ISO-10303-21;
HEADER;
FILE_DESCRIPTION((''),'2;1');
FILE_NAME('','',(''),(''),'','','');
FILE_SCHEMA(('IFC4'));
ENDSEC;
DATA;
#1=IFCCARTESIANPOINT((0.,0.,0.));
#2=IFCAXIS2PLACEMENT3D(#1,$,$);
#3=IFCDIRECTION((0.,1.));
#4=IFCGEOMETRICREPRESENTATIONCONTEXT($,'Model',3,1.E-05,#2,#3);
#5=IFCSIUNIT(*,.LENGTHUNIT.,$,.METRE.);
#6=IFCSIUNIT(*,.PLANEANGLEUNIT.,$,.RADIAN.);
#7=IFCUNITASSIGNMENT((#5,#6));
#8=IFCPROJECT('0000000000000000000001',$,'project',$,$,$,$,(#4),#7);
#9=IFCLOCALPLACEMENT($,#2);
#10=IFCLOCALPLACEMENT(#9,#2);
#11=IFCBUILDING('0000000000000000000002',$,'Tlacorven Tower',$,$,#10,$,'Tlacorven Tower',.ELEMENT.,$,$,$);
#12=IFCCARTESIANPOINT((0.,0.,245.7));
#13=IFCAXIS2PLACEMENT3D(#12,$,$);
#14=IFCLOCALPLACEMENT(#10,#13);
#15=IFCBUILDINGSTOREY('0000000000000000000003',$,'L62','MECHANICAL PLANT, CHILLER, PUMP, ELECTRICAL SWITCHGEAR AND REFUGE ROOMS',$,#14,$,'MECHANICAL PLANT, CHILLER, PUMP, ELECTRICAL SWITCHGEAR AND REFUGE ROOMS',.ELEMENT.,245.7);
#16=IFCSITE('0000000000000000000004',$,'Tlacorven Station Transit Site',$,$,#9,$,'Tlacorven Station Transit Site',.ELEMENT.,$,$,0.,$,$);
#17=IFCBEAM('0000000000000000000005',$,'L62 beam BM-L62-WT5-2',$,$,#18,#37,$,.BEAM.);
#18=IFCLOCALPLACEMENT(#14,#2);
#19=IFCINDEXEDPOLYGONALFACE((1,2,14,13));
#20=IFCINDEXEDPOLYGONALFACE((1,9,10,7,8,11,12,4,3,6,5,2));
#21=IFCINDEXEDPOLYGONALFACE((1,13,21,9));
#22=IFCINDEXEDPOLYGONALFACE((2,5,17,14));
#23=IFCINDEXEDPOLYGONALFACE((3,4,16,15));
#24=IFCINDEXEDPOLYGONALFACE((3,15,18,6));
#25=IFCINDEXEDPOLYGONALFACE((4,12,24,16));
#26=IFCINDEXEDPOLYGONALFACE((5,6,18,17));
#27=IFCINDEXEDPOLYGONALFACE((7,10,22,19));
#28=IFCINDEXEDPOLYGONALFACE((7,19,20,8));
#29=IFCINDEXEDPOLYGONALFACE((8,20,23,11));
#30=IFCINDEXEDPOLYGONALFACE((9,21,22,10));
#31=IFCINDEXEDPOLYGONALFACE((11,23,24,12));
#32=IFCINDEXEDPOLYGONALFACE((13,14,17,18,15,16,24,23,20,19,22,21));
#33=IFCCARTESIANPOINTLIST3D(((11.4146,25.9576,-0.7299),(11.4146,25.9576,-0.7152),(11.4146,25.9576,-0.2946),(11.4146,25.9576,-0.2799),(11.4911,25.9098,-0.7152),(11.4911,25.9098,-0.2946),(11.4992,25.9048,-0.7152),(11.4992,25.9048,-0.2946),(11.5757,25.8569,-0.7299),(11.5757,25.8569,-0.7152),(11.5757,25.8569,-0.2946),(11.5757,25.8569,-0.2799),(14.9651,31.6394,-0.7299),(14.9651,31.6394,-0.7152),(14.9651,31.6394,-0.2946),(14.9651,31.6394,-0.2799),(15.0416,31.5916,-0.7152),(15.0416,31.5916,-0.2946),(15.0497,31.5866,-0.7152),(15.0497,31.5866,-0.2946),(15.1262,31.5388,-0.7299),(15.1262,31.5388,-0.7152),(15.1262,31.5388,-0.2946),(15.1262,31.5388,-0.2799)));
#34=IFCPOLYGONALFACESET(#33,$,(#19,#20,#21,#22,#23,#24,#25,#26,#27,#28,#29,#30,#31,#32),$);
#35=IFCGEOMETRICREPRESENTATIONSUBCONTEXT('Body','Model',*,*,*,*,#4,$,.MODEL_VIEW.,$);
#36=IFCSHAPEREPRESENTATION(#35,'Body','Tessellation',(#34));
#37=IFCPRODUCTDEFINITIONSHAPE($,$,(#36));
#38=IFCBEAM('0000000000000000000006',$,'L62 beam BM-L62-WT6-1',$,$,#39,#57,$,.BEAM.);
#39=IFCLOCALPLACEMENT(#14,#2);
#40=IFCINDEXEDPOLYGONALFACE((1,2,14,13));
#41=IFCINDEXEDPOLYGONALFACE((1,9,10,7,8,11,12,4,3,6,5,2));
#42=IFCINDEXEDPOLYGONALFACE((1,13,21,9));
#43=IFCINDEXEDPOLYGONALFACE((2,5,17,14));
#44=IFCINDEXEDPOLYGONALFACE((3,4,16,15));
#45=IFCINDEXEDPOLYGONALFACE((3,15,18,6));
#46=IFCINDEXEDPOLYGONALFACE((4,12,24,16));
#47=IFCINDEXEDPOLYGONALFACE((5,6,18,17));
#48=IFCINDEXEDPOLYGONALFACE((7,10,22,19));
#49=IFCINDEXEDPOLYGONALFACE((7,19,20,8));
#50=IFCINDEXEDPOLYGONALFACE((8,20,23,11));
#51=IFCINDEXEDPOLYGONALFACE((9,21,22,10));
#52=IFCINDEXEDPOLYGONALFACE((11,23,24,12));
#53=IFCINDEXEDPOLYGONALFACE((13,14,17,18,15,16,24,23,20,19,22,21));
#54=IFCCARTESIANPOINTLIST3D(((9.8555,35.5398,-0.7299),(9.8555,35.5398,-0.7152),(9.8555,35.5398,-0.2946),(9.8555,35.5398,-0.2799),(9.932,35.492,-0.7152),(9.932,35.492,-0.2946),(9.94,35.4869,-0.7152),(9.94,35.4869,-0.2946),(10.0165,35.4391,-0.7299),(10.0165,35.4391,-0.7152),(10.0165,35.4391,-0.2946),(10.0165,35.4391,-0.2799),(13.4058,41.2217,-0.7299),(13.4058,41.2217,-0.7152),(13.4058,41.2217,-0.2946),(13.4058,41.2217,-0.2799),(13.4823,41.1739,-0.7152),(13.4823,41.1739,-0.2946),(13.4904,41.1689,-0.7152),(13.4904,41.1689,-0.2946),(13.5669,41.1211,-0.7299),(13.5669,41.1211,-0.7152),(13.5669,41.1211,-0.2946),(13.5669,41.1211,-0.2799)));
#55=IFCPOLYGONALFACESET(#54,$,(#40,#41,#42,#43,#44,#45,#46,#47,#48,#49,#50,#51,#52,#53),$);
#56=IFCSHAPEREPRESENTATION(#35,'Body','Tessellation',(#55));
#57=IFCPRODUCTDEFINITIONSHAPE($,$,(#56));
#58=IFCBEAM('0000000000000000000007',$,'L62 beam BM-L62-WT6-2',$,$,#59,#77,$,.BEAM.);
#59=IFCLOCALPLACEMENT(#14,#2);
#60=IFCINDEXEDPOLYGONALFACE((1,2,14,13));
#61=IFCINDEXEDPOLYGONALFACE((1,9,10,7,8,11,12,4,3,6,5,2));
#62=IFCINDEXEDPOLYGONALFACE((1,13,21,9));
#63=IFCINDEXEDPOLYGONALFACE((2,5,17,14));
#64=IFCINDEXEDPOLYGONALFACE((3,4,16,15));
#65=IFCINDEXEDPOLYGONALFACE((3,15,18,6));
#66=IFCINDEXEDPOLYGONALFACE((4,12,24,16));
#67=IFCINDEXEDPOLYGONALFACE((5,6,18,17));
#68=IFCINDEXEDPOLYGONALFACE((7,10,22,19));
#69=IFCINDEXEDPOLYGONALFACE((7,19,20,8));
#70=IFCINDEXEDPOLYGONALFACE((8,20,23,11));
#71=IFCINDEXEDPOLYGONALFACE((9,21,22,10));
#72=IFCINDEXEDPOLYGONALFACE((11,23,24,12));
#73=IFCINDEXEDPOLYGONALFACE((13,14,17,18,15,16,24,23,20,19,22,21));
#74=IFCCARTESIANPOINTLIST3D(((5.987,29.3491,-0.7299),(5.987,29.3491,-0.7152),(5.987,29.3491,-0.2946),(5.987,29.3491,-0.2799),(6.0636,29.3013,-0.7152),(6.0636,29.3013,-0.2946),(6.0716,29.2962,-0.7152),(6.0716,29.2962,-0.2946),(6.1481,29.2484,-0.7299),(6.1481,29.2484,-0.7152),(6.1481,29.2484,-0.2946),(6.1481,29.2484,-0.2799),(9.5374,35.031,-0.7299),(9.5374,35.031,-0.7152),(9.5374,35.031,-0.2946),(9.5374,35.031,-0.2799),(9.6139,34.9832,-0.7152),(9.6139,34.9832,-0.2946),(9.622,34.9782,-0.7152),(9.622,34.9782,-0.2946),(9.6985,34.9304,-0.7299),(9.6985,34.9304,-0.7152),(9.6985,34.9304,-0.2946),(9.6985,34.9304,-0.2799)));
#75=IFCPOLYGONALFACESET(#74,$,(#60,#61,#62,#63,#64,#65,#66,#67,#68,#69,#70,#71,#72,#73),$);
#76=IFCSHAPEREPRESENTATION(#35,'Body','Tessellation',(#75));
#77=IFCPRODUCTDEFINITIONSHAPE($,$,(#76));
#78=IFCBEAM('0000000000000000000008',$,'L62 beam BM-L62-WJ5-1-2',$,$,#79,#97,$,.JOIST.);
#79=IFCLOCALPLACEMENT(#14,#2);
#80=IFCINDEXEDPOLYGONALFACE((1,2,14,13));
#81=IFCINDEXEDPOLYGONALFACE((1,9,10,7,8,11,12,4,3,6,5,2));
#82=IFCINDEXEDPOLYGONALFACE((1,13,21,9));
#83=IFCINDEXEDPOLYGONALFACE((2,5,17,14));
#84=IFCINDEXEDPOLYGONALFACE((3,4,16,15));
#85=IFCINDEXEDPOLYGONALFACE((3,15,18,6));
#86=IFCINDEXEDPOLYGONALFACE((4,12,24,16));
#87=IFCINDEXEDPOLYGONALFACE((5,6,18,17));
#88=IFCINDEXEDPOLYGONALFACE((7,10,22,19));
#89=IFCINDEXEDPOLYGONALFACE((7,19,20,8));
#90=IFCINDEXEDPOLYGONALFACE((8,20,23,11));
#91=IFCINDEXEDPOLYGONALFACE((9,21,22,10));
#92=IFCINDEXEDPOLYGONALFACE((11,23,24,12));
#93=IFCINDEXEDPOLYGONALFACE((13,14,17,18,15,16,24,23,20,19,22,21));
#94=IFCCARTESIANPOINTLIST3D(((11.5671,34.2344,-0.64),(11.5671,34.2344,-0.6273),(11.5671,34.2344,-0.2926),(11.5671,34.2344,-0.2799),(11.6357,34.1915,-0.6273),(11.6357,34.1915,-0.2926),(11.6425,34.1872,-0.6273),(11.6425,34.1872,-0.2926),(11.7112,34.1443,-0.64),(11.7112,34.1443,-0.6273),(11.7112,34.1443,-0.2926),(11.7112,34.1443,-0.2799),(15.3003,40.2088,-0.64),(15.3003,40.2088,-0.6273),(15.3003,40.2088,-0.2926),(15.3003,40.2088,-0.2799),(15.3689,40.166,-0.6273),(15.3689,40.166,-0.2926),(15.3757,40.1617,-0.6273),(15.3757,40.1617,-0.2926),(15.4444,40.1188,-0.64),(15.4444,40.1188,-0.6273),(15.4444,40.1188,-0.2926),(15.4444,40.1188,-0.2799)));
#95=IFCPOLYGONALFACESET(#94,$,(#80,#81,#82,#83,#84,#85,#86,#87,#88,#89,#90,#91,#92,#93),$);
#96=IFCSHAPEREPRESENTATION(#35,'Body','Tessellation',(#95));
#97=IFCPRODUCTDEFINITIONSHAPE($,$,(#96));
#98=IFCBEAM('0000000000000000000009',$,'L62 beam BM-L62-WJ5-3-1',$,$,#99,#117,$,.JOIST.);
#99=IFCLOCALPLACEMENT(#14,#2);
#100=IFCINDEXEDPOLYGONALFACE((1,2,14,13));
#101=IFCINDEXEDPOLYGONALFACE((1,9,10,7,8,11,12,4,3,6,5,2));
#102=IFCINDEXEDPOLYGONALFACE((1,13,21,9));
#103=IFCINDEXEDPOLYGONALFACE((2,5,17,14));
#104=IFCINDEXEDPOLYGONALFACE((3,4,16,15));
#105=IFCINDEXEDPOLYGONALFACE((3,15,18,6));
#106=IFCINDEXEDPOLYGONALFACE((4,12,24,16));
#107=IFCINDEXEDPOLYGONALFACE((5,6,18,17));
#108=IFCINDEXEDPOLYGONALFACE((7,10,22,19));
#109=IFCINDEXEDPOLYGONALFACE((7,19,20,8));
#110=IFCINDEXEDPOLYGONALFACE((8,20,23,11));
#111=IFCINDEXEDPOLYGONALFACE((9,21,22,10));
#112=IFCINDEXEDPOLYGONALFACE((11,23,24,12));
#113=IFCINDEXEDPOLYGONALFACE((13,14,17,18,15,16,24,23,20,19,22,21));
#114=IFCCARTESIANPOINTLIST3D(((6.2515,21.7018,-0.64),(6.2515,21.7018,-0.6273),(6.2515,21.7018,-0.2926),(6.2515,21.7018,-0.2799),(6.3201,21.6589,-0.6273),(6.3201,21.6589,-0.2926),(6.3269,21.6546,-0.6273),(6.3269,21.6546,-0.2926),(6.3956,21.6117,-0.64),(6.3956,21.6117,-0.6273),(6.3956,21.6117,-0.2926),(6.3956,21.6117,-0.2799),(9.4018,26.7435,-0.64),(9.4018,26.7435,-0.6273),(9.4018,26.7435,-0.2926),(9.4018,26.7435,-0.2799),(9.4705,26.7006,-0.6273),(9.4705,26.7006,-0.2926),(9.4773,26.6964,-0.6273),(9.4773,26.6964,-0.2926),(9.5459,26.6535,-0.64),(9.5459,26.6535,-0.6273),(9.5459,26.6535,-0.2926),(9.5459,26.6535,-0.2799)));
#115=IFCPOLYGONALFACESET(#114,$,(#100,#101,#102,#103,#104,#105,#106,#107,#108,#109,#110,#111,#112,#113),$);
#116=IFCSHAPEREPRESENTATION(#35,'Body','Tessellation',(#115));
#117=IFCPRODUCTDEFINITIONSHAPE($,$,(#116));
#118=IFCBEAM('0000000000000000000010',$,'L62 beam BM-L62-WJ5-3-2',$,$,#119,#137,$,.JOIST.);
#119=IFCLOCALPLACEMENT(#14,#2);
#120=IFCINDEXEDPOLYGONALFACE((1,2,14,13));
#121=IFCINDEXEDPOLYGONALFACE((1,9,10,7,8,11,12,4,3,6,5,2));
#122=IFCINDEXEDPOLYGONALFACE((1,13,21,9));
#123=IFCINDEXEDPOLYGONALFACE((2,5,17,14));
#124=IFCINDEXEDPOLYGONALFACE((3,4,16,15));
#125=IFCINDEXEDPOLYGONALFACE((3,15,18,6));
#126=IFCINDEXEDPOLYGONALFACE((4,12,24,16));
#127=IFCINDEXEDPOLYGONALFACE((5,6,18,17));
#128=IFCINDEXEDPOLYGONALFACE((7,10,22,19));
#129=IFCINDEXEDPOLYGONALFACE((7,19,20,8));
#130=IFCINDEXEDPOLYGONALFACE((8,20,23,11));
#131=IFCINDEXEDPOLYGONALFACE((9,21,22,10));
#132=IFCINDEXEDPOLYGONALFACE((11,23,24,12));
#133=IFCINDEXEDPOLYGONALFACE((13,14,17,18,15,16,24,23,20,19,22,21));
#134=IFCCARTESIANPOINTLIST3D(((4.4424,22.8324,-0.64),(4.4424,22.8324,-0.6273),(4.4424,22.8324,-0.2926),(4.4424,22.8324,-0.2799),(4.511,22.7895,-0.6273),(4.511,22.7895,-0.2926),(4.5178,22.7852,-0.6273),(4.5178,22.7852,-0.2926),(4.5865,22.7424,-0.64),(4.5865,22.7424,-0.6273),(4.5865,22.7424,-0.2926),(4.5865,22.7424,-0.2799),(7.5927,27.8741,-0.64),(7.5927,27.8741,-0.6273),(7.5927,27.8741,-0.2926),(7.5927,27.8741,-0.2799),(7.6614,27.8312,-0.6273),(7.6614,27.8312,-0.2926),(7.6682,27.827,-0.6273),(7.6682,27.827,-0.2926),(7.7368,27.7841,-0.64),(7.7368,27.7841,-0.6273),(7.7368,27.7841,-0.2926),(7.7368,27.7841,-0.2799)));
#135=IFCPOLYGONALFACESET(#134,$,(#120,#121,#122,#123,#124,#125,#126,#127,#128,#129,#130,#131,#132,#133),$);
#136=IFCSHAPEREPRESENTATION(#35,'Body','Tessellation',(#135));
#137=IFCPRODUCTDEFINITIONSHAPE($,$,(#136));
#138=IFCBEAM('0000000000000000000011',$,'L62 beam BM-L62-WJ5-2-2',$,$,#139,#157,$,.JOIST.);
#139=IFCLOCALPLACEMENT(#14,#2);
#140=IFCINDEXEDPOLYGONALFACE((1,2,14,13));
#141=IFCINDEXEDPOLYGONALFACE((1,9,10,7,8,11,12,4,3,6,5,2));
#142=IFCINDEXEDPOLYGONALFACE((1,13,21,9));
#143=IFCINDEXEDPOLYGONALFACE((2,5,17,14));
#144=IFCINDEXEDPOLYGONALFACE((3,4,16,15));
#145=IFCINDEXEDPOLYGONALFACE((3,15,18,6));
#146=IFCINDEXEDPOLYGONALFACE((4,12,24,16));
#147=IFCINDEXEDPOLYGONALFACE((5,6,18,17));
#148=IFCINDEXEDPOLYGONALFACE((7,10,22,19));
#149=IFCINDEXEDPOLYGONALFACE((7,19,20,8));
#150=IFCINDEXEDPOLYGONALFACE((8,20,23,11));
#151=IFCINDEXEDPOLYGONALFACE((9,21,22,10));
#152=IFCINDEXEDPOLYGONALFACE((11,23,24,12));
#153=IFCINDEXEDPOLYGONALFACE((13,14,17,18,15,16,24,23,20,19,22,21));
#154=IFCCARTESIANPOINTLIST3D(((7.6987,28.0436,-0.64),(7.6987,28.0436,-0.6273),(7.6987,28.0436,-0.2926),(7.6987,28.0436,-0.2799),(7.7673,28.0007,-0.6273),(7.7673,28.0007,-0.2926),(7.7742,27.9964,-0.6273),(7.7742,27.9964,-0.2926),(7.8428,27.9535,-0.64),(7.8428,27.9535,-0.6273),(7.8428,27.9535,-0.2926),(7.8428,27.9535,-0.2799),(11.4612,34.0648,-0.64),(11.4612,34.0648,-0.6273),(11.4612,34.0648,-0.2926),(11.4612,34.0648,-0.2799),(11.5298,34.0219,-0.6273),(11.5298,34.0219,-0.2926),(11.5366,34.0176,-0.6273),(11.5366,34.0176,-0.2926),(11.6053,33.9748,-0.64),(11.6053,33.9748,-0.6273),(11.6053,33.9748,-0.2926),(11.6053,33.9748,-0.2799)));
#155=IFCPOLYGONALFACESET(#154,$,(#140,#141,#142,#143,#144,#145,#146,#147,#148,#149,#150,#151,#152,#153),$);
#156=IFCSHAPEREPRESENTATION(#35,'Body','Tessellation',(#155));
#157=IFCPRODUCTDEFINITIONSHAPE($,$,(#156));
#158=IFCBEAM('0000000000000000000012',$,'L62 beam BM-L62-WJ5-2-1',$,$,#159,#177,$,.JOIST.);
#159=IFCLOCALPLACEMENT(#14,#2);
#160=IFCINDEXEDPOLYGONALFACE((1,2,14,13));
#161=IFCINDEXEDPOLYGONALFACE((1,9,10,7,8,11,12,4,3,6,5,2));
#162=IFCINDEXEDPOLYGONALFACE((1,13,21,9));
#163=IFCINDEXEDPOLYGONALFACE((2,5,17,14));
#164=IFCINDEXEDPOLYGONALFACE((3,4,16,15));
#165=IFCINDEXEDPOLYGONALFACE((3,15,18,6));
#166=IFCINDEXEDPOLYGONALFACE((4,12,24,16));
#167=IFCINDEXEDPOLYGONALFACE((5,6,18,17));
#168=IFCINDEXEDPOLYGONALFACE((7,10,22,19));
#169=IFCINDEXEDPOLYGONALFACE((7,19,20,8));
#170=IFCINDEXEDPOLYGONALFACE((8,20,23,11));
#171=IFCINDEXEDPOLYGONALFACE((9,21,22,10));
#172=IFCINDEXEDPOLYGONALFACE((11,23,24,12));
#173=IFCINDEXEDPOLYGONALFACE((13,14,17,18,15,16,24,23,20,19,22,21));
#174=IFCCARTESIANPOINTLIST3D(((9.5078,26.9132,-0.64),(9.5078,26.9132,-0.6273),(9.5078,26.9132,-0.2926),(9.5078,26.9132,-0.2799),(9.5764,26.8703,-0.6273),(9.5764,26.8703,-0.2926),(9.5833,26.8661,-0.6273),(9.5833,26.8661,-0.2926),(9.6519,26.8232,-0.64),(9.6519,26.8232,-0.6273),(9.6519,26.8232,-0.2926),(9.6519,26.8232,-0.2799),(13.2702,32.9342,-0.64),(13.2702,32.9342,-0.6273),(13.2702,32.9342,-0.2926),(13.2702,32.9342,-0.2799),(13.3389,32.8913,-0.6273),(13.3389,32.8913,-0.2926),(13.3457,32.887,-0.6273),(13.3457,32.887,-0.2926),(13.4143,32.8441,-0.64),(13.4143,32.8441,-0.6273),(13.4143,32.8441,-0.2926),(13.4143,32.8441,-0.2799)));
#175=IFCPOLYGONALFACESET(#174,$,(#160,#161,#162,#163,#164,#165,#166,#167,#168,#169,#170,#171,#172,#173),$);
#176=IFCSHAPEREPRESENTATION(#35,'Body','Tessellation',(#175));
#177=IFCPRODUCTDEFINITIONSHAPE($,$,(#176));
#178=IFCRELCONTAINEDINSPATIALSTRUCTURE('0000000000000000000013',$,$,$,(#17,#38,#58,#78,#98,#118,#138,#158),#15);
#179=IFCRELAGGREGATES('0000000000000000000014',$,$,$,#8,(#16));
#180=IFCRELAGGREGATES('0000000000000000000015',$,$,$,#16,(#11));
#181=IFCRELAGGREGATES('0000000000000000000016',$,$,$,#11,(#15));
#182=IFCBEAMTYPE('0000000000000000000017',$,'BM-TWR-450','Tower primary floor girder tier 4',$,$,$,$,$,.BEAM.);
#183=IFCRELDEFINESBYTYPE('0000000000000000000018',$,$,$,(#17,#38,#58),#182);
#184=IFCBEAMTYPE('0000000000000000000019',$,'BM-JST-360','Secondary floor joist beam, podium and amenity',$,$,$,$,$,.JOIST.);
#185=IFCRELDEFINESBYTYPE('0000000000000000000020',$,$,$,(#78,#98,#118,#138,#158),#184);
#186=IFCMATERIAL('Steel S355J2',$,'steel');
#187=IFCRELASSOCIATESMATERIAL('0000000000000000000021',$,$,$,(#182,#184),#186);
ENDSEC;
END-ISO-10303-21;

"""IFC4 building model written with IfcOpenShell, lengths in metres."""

from ifc_helpers import new_model, si_unit, direction, frame, origin, origin_2d, place, context, subcontext, project, spatial, i_section, extrude, source, transform, mapped, material, material_profile, profile_set, type_object, element, save


model = new_model("IFC4")

# Units and contexts
model_context = context("Model", 3, precision=1e-05, world=origin(), true_north=direction((0.0, 1.0)))
body_context = subcontext(model_context, "Body", "Model", "MODEL_VIEW")
ifc_project = project(units=[si_unit("LENGTHUNIT", "METRE"), si_unit("PLANEANGLEUNIT", "RADIAN")], contexts=[model_context])

# Site, building, storey
site_placement = place(None, origin())
site = spatial("IfcSite", under=ifc_project, at=site_placement, Name="Tlacorven Station Transit Site", LongName="Tlacorven Station Transit Site", CompositionType="ELEMENT", RefElevation=0.0)
building_placement = place(site_placement, origin())
building = spatial("IfcBuilding", under=site, at=building_placement, Name="Tlacorven Tower", LongName="Tlacorven Tower", CompositionType="ELEMENT")
storey_placement = place(building_placement, frame((0.0, 0.0, 245.7)))
storey = spatial("IfcBuildingStorey", under=building, at=storey_placement, Name="L62", Description="MECHANICAL PLANT, CHILLER, PUMP, ELECTRICAL SWITCHGEAR AND REFUGE ROOMS", LongName="MECHANICAL PLANT, CHILLER, PUMP, ELECTRICAL SWITCHGEAR AND REFUGE ROOMS", CompositionType="ELEMENT", Elevation=245.7)

# Shared definitions
ifc_material_1 = material(Name="Steel S355J2", Category="steel")

# Beams
ifc_material_profile_1 = material_profile(ifc_material_1, i_section(OverallWidth=0.1899, OverallDepth=0.45, WebThickness=0.0095, FlangeThickness=0.0146, at=origin_2d()), Name="IPE 450")
ifc_profile_set_1 = profile_set([ifc_material_profile_1], Name="Steel S355J2")
beam_type_1 = type_object("IfcBeamType", Name="BM-TWR-450", Description="Tower primary floor girder tier 4", PredefinedType="BEAM", material=ifc_profile_set_1)
shared_shape_1 = source(origin(), body_context, "Body", "SweptSolid", [
    extrude(i_section(OverallWidth=0.1899, OverallDepth=0.45, WebThickness=0.0095, FlangeThickness=0.0146, at=origin_2d()), origin(), (0.0, 0.0, 1.0), 6.7),
])
for number, where, z_axis, x_axis, name in (
    (1, (15.0457, 31.5891, -0.5049), (-0.52993, -0.848041, 0.0), (0.848041, -0.52993, 0.0), "L62 beam BM-L62-WT5-2"),
    (2, (13.4863, 41.1714, -0.5049), (-0.529904, -0.848058, 0.0), (0.848058, -0.529904, 0.0), "L62 beam BM-L62-WT6-1"),
    (3, (9.6179, 34.9807, -0.5049), (-0.529904, -0.848058, 0.0), (0.848058, -0.529904, 0.0), "L62 beam BM-L62-WT6-2"),
):
    element("IfcBeam", number, at=place(storey_placement, frame(where, z_axis=z_axis, x_axis=x_axis)), inside=storey, type_object=beam_type_1, Name=name, PredefinedType="BEAM", context=body_context, shape_type="MappedRepresentation", body=[
        mapped(shared_shape_1, transform((0.0, 0.0, 0.0), scale=1.0)),
    ])
ifc_material_profile_2 = material_profile(ifc_material_1, i_section(OverallWidth=0.1699, OverallDepth=0.3601, WebThickness=0.0081, FlangeThickness=0.0127, at=origin_2d()), Name="IPE 360")
ifc_profile_set_2 = profile_set([ifc_material_profile_2], Name="Steel S355J2")
beam_type_2 = type_object("IfcBeamType", Name="BM-JST-360", Description="Secondary floor joist beam, podium and amenity", PredefinedType="JOIST", material=ifc_profile_set_2)
shared_shape_2 = source(origin(), body_context, "Body", "SweptSolid", [
    extrude(i_section(OverallWidth=0.1699, OverallDepth=0.3601, WebThickness=0.0081, FlangeThickness=0.0127, at=origin_2d()), origin(), (0.0, 0.0, 1.0), 7.0449),
])
beam_1_placement = place(storey_placement, frame((15.3723, 40.1638, -0.46), z_axis=(-0.529915, -0.848051, 0.0), x_axis=(0.848051, -0.529915, 0.0)))
element("IfcBeam", 4, at=beam_1_placement, inside=storey, type_object=beam_type_2, Name="L62 beam BM-L62-WJ5-1-2", PredefinedType="JOIST", context=body_context, shape_type="MappedRepresentation", body=[
    mapped(shared_shape_2, transform((0.0, 0.0, 0.0), scale=1.0)),
])
shared_shape_3 = source(origin(), body_context, "Body", "SweptSolid", [
    extrude(i_section(OverallWidth=0.1699, OverallDepth=0.3601, WebThickness=0.0081, FlangeThickness=0.0127, at=origin_2d()), origin(), (0.0, 0.0, 1.0), 5.9451),
])
for number, where, z_axis, x_axis, name in (
    (5, (9.4739, 26.6985, -0.46), (-0.529914, -0.848051, 0.0), (0.848051, -0.529914, 0.0), "L62 beam BM-L62-WJ5-3-1"),
    (6, (7.6648, 27.8291, -0.46), (-0.529914, -0.848051, 0.0), (0.848051, -0.529914, 0.0), "L62 beam BM-L62-WJ5-3-2"),
):
    element("IfcBeam", number, at=place(storey_placement, frame(where, z_axis=z_axis, x_axis=x_axis)), inside=storey, type_object=beam_type_2, Name=name, PredefinedType="JOIST", context=body_context, shape_type="MappedRepresentation", body=[
        mapped(shared_shape_3, transform((0.0, 0.0, 0.0), scale=1.0)),
    ])
shared_shape_4 = source(origin(), body_context, "Body", "SweptSolid", [
    extrude(i_section(OverallWidth=0.1699, OverallDepth=0.3601, WebThickness=0.0081, FlangeThickness=0.0127, at=origin_2d()), origin(), (0.0, 0.0, 1.0), 7.1001),
])
beam_2_placement = place(storey_placement, frame((11.5332, 34.0198, -0.46), z_axis=(-0.529915, -0.84805, 0.0), x_axis=(0.84805, -0.529915, 0.0)))
element("IfcBeam", 7, at=beam_2_placement, inside=storey, type_object=beam_type_2, Name="L62 beam BM-L62-WJ5-2-2", PredefinedType="JOIST", context=body_context, shape_type="MappedRepresentation", body=[
    mapped(shared_shape_4, transform((0.0, 0.0, 0.0), scale=1.0)),
])
shared_shape_5 = source(origin(), body_context, "Body", "SweptSolid", [
    extrude(i_section(OverallWidth=0.1699, OverallDepth=0.3601, WebThickness=0.0081, FlangeThickness=0.0127, at=origin_2d()), origin(), (0.0, 0.0, 1.0), 7.0999),
])
beam_3_placement = place(storey_placement, frame((13.3423, 32.8892, -0.46), z_axis=(-0.529931, -0.848041, 0.0), x_axis=(0.848041, -0.529931, 0.0)))
element("IfcBeam", 8, at=beam_3_placement, inside=storey, type_object=beam_type_2, Name="L62 beam BM-L62-WJ5-2-1", PredefinedType="JOIST", context=body_context, shape_type="MappedRepresentation", body=[
    mapped(shared_shape_5, transform((0.0, 0.0, 0.0), scale=1.0)),
])

save(model, "model.ifc")
